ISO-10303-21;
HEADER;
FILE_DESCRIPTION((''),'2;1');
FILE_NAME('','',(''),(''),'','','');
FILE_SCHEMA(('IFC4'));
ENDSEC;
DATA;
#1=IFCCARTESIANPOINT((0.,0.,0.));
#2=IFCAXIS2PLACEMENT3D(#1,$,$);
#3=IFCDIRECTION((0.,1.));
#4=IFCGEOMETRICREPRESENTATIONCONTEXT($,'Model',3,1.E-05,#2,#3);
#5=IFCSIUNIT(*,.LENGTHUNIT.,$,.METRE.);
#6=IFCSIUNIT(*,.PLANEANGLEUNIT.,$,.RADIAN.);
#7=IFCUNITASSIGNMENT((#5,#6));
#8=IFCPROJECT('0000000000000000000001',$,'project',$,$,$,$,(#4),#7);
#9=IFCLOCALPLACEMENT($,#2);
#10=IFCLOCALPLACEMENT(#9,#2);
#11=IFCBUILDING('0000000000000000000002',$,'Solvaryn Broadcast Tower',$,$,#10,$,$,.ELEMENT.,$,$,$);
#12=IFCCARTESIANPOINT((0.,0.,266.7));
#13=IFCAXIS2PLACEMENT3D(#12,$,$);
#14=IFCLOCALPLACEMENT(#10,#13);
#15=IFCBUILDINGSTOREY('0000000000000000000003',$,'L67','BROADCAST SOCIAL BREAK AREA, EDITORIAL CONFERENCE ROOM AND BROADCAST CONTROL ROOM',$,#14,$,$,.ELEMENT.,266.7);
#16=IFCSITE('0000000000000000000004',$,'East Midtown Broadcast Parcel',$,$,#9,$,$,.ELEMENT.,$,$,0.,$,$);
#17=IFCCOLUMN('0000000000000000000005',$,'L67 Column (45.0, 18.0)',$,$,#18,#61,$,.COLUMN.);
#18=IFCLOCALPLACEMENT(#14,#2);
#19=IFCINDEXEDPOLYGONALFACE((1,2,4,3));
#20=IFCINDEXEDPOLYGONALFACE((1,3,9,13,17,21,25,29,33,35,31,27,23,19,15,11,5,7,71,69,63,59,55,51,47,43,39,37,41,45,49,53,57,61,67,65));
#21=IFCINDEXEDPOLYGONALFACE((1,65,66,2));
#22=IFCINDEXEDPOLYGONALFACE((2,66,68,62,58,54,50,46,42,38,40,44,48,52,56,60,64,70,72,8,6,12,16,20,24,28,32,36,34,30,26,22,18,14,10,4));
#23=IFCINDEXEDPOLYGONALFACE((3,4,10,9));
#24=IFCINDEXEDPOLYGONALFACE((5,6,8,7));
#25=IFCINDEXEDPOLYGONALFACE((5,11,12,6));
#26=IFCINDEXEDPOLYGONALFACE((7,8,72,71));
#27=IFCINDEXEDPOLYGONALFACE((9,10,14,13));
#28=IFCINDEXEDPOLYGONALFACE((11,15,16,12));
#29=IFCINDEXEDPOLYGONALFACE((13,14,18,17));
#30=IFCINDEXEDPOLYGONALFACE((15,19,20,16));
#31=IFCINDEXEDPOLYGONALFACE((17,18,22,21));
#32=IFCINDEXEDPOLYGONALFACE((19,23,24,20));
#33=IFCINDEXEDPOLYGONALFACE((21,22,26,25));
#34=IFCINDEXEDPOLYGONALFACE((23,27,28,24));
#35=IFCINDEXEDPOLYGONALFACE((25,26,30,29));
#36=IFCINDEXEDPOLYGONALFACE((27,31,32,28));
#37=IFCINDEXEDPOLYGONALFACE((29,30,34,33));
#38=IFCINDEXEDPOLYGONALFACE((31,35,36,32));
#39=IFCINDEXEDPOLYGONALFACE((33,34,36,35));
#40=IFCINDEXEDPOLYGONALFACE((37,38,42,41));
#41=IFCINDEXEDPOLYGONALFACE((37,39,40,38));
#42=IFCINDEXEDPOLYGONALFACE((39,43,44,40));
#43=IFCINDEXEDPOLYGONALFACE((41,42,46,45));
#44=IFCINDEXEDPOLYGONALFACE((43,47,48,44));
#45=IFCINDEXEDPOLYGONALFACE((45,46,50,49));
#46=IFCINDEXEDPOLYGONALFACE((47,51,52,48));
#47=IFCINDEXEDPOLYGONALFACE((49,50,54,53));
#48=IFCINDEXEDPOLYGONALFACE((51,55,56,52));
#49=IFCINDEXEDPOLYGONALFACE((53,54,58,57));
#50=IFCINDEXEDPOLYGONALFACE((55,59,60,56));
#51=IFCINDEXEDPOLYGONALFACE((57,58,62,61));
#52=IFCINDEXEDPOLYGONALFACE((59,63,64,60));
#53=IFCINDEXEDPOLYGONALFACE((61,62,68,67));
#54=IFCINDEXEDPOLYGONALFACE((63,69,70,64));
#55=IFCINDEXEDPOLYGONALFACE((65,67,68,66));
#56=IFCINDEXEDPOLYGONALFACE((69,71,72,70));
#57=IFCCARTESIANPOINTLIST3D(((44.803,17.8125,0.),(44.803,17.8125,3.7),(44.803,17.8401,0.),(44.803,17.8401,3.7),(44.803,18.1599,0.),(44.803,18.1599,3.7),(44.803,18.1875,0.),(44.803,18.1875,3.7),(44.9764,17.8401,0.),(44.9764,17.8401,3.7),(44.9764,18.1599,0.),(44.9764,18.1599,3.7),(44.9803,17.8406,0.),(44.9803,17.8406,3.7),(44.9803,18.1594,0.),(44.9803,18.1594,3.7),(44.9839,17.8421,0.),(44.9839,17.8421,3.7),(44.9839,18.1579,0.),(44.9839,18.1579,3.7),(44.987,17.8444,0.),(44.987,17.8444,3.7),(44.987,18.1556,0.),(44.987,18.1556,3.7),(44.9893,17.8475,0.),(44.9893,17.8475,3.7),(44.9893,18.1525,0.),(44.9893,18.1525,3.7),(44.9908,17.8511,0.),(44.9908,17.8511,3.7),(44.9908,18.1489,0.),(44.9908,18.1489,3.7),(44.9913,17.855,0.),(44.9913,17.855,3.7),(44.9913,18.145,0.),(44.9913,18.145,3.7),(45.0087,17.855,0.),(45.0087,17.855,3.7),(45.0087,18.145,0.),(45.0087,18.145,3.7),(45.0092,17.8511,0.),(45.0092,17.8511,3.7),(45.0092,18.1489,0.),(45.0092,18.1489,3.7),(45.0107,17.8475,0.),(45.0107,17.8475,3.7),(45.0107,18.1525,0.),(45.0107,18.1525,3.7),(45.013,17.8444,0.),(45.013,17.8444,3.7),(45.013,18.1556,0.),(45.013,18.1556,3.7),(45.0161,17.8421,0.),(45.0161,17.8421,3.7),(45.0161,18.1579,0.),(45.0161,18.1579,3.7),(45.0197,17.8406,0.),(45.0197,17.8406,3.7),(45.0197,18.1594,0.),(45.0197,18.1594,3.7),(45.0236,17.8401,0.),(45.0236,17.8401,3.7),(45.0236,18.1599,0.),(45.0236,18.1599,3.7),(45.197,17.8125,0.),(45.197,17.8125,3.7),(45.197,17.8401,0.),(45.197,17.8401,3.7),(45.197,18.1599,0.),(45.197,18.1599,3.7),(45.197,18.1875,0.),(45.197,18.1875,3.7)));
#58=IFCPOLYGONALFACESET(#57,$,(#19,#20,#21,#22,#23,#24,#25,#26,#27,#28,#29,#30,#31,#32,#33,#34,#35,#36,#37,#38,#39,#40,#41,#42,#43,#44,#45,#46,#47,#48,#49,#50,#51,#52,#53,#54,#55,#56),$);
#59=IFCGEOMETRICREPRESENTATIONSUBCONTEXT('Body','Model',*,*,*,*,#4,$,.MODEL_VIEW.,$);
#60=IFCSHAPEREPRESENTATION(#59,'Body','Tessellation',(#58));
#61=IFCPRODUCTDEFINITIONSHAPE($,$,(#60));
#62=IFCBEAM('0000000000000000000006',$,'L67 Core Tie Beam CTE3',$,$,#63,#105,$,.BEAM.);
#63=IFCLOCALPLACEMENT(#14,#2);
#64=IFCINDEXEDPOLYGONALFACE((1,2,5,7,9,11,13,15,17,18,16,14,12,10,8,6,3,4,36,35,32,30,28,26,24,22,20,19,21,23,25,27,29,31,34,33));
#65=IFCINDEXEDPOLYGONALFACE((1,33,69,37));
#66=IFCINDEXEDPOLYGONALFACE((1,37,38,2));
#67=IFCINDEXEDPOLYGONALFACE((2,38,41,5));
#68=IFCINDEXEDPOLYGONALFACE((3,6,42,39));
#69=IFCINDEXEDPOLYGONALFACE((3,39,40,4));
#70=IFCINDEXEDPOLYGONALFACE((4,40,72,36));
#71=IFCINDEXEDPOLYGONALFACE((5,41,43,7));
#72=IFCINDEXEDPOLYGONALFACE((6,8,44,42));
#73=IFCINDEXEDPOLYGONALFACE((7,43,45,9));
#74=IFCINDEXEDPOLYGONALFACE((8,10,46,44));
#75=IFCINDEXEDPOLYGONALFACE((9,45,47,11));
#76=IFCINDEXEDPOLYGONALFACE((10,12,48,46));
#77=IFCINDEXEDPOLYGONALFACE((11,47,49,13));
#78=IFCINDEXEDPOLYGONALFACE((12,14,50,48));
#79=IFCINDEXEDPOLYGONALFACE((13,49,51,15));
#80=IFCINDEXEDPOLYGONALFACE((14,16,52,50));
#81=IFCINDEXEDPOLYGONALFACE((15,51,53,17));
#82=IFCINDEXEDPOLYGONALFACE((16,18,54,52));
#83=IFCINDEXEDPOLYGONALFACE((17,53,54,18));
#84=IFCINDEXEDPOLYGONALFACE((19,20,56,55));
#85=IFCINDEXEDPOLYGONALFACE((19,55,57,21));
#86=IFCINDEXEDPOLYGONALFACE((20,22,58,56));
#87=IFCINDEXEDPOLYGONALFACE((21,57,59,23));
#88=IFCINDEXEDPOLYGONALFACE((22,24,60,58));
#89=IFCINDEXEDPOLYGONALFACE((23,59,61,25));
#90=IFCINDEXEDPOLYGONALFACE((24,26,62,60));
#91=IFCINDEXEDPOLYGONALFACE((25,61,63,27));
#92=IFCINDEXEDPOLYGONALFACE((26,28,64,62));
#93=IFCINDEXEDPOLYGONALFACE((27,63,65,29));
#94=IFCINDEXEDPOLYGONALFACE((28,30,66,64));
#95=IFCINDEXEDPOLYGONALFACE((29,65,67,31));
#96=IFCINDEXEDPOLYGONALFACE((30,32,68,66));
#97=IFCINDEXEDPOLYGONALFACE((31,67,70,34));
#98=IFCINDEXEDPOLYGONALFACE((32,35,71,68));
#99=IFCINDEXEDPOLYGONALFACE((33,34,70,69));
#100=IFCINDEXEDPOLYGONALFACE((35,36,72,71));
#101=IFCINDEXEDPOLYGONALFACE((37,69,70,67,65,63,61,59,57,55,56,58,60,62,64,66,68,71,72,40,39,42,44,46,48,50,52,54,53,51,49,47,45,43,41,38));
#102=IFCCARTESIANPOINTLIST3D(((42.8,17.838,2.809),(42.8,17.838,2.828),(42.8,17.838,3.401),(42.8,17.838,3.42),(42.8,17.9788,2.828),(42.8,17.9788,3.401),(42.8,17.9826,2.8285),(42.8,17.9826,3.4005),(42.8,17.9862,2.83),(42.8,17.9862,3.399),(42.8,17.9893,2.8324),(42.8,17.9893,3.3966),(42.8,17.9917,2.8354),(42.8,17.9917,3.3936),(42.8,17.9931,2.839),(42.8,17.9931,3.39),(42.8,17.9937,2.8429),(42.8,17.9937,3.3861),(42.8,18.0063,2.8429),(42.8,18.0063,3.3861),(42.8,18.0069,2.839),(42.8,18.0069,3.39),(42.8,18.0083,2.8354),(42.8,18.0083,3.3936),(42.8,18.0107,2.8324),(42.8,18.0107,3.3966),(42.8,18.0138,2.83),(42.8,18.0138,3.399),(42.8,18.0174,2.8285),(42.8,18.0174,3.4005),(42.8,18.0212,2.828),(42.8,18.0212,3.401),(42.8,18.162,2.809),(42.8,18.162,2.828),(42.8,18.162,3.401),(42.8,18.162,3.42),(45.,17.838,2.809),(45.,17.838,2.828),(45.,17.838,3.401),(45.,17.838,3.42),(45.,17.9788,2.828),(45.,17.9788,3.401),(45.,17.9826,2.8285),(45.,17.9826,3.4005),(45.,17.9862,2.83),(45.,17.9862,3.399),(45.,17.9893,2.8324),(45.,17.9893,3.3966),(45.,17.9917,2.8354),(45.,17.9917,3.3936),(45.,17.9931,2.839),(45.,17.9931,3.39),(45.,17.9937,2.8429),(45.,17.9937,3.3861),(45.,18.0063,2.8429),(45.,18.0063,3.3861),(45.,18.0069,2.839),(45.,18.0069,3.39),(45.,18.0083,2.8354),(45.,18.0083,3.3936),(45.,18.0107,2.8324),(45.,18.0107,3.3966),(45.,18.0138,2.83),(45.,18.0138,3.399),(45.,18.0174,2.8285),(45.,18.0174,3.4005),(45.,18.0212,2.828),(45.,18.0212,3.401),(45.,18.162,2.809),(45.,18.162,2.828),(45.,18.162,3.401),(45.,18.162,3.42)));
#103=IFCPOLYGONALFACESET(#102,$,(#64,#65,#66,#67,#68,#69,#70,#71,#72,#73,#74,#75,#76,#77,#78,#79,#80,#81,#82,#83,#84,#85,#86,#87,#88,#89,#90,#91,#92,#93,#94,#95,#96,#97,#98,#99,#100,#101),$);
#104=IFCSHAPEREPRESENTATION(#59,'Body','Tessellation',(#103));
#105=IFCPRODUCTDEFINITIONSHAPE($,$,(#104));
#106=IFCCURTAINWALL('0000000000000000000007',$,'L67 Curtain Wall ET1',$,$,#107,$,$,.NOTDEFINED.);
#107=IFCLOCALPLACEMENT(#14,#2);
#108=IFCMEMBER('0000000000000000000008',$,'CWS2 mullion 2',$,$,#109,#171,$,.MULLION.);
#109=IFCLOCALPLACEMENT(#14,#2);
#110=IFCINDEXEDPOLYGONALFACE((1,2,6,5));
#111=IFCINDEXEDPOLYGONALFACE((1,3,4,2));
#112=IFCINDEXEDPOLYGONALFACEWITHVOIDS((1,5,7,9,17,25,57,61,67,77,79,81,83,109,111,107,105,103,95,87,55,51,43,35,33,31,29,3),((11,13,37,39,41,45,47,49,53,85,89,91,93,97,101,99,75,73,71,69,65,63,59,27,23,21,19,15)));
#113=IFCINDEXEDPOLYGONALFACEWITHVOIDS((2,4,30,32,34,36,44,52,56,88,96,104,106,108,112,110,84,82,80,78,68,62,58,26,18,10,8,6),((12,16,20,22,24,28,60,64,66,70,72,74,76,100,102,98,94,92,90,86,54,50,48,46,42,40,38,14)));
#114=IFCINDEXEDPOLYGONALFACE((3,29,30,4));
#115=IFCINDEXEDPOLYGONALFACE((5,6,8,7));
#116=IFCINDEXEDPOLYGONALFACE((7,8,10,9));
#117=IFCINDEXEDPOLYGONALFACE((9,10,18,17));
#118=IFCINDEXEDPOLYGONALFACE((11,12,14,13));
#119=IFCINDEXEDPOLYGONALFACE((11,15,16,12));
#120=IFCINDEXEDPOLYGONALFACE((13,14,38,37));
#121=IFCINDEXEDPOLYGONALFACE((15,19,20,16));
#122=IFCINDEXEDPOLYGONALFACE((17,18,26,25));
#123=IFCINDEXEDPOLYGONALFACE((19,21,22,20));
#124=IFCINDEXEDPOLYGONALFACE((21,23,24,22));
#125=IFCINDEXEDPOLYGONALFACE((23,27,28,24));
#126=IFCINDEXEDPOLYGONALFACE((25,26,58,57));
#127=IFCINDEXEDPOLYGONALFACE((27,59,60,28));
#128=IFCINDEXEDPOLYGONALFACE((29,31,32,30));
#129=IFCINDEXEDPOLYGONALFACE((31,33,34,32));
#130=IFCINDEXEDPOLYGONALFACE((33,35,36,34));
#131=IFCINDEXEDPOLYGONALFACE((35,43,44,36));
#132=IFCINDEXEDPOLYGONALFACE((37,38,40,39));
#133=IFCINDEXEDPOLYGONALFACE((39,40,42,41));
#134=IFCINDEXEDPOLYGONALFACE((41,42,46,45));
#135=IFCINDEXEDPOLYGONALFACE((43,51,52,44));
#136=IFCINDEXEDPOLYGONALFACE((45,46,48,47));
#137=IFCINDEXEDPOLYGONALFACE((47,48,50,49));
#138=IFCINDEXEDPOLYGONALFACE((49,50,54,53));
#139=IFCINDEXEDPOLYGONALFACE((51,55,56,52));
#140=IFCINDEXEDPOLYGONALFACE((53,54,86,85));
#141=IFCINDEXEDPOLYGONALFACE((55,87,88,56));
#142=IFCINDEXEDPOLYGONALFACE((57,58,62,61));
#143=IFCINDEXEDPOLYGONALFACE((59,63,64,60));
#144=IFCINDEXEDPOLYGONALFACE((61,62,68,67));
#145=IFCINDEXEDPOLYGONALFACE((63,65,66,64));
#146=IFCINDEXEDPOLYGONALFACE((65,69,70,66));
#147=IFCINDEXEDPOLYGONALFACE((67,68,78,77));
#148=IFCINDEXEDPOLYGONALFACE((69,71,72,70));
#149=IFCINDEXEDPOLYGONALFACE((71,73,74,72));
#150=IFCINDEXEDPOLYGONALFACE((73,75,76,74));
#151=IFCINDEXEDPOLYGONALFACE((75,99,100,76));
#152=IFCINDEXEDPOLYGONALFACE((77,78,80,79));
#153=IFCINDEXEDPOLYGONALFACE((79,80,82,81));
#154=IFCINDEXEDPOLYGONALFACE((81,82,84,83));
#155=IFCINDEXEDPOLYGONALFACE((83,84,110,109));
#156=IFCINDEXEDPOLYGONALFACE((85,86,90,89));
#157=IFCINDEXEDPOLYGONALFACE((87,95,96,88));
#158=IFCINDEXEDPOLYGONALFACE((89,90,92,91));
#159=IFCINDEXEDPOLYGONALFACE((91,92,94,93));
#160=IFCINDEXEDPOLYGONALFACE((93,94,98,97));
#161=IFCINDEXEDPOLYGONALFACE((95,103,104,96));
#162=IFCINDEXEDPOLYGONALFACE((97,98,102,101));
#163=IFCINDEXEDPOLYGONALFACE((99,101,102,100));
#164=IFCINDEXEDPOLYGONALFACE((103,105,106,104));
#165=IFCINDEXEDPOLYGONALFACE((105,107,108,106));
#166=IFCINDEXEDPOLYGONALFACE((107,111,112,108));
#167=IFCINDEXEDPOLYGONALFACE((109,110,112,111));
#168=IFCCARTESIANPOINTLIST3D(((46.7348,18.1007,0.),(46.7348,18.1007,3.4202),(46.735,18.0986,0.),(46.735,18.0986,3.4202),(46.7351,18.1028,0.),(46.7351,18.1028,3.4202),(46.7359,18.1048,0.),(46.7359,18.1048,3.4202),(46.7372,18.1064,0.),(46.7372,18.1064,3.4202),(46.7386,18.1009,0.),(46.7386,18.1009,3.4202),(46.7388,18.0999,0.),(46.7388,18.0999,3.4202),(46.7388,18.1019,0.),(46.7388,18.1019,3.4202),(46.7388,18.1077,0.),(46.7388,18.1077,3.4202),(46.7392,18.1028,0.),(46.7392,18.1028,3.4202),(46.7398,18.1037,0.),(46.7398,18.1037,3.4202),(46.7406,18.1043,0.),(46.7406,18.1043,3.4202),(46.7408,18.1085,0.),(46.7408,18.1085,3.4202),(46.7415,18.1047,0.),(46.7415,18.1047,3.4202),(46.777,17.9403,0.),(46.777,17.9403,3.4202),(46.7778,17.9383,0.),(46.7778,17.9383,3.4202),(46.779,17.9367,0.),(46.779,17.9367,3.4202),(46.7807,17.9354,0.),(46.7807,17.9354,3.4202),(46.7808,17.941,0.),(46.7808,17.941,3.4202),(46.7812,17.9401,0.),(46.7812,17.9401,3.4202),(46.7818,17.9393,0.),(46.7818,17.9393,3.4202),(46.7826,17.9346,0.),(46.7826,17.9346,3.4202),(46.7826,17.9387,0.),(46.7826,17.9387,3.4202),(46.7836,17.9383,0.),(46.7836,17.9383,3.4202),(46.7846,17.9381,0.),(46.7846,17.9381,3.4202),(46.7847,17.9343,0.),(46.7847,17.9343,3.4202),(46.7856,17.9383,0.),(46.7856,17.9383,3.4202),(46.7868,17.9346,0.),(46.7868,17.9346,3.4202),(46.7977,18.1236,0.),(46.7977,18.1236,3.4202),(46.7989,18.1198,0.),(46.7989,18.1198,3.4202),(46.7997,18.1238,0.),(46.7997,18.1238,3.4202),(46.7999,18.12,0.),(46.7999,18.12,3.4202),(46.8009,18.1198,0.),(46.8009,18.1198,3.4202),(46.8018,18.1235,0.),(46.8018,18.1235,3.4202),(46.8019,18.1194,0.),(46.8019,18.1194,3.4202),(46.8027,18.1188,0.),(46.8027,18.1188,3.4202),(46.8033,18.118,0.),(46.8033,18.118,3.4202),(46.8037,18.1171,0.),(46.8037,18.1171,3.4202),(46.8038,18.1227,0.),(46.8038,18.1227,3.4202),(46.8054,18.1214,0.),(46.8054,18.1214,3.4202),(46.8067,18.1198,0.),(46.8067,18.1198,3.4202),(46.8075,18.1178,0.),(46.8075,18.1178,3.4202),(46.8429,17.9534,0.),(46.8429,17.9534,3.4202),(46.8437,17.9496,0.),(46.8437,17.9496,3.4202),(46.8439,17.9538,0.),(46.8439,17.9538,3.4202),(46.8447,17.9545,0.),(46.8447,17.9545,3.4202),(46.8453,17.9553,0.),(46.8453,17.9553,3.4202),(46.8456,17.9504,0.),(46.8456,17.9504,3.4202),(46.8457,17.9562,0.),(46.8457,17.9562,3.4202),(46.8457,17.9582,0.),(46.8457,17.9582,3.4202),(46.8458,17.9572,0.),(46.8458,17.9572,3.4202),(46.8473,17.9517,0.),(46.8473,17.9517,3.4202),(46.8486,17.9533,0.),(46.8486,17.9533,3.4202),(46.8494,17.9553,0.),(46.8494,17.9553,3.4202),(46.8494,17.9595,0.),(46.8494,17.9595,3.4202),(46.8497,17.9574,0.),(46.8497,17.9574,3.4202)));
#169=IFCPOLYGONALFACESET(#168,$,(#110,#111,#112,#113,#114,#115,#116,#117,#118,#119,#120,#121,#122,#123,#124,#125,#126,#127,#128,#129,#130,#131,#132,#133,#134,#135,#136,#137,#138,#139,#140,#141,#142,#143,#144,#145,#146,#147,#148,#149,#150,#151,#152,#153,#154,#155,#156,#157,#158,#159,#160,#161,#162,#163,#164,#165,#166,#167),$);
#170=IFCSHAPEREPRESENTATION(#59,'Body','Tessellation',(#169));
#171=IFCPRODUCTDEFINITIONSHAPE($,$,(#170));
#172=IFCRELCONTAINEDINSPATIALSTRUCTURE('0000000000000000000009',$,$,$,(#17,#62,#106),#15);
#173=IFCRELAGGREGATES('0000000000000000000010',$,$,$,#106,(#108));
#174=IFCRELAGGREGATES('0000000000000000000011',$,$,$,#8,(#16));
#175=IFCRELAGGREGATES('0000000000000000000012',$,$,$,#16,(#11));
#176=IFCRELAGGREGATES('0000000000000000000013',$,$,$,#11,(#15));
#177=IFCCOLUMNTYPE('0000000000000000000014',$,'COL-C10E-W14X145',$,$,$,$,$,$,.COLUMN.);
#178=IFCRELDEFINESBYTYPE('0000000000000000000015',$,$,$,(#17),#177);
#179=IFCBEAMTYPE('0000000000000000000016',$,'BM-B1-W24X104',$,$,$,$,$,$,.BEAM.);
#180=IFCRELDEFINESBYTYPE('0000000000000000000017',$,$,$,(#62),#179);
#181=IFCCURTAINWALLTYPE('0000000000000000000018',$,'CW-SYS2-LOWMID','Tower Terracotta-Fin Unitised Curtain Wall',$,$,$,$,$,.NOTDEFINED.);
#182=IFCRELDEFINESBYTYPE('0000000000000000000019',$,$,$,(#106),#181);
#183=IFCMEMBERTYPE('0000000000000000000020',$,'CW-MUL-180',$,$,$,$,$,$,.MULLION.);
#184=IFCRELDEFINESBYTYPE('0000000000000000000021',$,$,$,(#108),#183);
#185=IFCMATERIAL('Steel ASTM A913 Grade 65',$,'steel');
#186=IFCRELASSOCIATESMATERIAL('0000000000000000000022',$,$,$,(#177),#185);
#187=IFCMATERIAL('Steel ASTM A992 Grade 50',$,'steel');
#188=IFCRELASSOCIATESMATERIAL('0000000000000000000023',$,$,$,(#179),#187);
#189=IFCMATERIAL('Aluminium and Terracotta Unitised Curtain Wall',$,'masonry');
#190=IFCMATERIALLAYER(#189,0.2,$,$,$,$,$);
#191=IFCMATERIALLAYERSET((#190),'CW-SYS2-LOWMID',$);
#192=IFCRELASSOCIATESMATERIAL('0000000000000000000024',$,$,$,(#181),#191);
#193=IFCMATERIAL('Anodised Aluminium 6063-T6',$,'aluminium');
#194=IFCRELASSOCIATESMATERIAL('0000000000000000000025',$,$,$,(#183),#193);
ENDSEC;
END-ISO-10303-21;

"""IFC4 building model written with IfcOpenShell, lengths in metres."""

from ifc_helpers import new_model, si_unit, direction, frame, origin, origin_2d, place, context, subcontext, project, spatial, hollow_rectangle, i_section, extrude, material, layer, layer_set, material_profile, profile_set, type_object, element, aggregate, save


model = new_model("IFC4")

# Units and contexts
model_context = context("Model", 3, precision=1e-05, world=origin(), true_north=direction((0.0, 1.0)))
body_context = subcontext(model_context, "Body", "Model", "MODEL_VIEW")
ifc_project = project(units=[si_unit("LENGTHUNIT", "METRE"), si_unit("PLANEANGLEUNIT", "RADIAN")], contexts=[model_context])

# Site, building, storey
site_placement = place(None, origin())
site = spatial("IfcSite", under=ifc_project, at=site_placement, Name="East Midtown Broadcast Parcel", CompositionType="ELEMENT", RefElevation=0.0)
building_placement = place(site_placement, origin())
building = spatial("IfcBuilding", under=site, at=building_placement, Name="Solvaryn Broadcast Tower", CompositionType="ELEMENT")
storey_placement = place(building_placement, frame((0.0, 0.0, 266.7)))
storey = spatial("IfcBuildingStorey", under=building, at=storey_placement, Name="L67", Description="BROADCAST SOCIAL BREAK AREA, EDITORIAL CONFERENCE ROOM AND BROADCAST CONTROL ROOM", CompositionType="ELEMENT", Elevation=266.7)

# Column
ifc_material_1 = material(Name="Steel ASTM A913 Grade 65", Category="steel")
ifc_material_profile_1 = material_profile(ifc_material_1, i_section(OverallWidth=0.394, OverallDepth=0.375, WebThickness=0.0173, FlangeThickness=0.0276, FilletRadius=0.0149, at=origin_2d()))
ifc_profile_set_1 = profile_set([ifc_material_profile_1], Name="Steel ASTM A913 Grade 65")
column_type = type_object("IfcColumnType", Name="COL-C10E-W14X145", PredefinedType="COLUMN", material=ifc_profile_set_1)
column_placement = place(storey_placement, frame((45.0, 18.0, 0.0), z_axis=(0.0, 0.0, 1.0), x_axis=(1.0, 0.0, 0.0)))
element("IfcColumn", 1, at=column_placement, inside=storey, type_object=column_type, Name="L67 Column (45.0, 18.0)", PredefinedType="COLUMN", context=body_context, shape_type="SweptSolid", body=[
    extrude(i_section(OverallWidth=0.394, OverallDepth=0.375, WebThickness=0.0173, FlangeThickness=0.0276, FilletRadius=0.0149, at=origin_2d()), origin(), (0.0, 0.0, 1.0), 3.7),
])

# Beam
ifc_material_2 = material(Name="Steel ASTM A992 Grade 50", Category="steel")
ifc_material_profile_2 = material_profile(ifc_material_2, i_section(OverallWidth=0.324, OverallDepth=0.6111, WebThickness=0.0127, FlangeThickness=0.019, FilletRadius=0.0149, at=origin_2d()))
ifc_profile_set_2 = profile_set([ifc_material_profile_2], Name="Steel ASTM A992 Grade 50")
beam_type = type_object("IfcBeamType", Name="BM-B1-W24X104", PredefinedType="BEAM", material=ifc_profile_set_2)
beam_placement = place(storey_placement, frame((42.8, 18.0, 3.1145), z_axis=(1.0, 0.0, 0.0), x_axis=(0.0, 1.0, 0.0)))
element("IfcBeam", 2, at=beam_placement, inside=storey, type_object=beam_type, Name="L67 Core Tie Beam CTE3", PredefinedType="BEAM", context=body_context, shape_type="SweptSolid", body=[
    extrude(i_section(OverallWidth=0.324, OverallDepth=0.6111, WebThickness=0.0127, FlangeThickness=0.019, FilletRadius=0.0149, at=origin_2d()), origin(), (0.0, 0.0, 1.0), 2.2),
])

# Curtain wall, member
ifc_material_3 = material(Name="Aluminium and Terracotta Unitised Curtain Wall", Category="masonry")
ifc_layer_1 = layer(ifc_material_3, 0.2)
ifc_layer_set_1 = layer_set([ifc_layer_1], Name="CW-SYS2-LOWMID")
curtain_wall_type = type_object("IfcCurtainWallType", Name="CW-SYS2-LOWMID", Description="Tower Terracotta-Fin Unitised Curtain Wall", PredefinedType="NOTDEFINED", material=ifc_layer_set_1)
curtain_wall_1_placement = place(storey_placement, origin())
curtain_wall_1 = element("IfcCurtainWall", 3, at=curtain_wall_1_placement, inside=storey, type_object=curtain_wall_type, Name="L67 Curtain Wall ET1", PredefinedType="NOTDEFINED")
ifc_material_4 = material(Name="Anodised Aluminium 6063-T6", Category="aluminium")
ifc_material_profile_3 = material_profile(ifc_material_4, hollow_rectangle(XDim=0.075, YDim=0.1799, WallThickness=0.0039, InnerFilletRadius=0.0039, OuterFilletRadius=0.0081, at=origin_2d()))
ifc_profile_set_3 = profile_set([ifc_material_profile_3], Name="Anodised Aluminium 6063-T6")
member_type_1 = type_object("IfcMemberType", Name="CW-MUL-180", PredefinedType="MULLION", material=ifc_profile_set_3)
member_1_placement = place(storey_placement, frame((46.7922, 18.0291, 0.0), z_axis=(0.0, 0.0, 1.0), x_axis=(0.966705, 0.255893, 0.0)))
member_1 = element("IfcMember", 4, at=member_1_placement, type_object=member_type_1, Name="CWS2 mullion 2", PredefinedType="MULLION", context=body_context, shape_type="SweptSolid", body=[
    extrude(hollow_rectangle(XDim=0.075, YDim=0.1799, WallThickness=0.0039, InnerFilletRadius=0.0039, OuterFilletRadius=0.0081, at=origin_2d()), origin(), (0.0, 0.0, 1.0), 3.4202),
])

aggregate(curtain_wall_1, [member_1])

save(model, "model.ifc")
